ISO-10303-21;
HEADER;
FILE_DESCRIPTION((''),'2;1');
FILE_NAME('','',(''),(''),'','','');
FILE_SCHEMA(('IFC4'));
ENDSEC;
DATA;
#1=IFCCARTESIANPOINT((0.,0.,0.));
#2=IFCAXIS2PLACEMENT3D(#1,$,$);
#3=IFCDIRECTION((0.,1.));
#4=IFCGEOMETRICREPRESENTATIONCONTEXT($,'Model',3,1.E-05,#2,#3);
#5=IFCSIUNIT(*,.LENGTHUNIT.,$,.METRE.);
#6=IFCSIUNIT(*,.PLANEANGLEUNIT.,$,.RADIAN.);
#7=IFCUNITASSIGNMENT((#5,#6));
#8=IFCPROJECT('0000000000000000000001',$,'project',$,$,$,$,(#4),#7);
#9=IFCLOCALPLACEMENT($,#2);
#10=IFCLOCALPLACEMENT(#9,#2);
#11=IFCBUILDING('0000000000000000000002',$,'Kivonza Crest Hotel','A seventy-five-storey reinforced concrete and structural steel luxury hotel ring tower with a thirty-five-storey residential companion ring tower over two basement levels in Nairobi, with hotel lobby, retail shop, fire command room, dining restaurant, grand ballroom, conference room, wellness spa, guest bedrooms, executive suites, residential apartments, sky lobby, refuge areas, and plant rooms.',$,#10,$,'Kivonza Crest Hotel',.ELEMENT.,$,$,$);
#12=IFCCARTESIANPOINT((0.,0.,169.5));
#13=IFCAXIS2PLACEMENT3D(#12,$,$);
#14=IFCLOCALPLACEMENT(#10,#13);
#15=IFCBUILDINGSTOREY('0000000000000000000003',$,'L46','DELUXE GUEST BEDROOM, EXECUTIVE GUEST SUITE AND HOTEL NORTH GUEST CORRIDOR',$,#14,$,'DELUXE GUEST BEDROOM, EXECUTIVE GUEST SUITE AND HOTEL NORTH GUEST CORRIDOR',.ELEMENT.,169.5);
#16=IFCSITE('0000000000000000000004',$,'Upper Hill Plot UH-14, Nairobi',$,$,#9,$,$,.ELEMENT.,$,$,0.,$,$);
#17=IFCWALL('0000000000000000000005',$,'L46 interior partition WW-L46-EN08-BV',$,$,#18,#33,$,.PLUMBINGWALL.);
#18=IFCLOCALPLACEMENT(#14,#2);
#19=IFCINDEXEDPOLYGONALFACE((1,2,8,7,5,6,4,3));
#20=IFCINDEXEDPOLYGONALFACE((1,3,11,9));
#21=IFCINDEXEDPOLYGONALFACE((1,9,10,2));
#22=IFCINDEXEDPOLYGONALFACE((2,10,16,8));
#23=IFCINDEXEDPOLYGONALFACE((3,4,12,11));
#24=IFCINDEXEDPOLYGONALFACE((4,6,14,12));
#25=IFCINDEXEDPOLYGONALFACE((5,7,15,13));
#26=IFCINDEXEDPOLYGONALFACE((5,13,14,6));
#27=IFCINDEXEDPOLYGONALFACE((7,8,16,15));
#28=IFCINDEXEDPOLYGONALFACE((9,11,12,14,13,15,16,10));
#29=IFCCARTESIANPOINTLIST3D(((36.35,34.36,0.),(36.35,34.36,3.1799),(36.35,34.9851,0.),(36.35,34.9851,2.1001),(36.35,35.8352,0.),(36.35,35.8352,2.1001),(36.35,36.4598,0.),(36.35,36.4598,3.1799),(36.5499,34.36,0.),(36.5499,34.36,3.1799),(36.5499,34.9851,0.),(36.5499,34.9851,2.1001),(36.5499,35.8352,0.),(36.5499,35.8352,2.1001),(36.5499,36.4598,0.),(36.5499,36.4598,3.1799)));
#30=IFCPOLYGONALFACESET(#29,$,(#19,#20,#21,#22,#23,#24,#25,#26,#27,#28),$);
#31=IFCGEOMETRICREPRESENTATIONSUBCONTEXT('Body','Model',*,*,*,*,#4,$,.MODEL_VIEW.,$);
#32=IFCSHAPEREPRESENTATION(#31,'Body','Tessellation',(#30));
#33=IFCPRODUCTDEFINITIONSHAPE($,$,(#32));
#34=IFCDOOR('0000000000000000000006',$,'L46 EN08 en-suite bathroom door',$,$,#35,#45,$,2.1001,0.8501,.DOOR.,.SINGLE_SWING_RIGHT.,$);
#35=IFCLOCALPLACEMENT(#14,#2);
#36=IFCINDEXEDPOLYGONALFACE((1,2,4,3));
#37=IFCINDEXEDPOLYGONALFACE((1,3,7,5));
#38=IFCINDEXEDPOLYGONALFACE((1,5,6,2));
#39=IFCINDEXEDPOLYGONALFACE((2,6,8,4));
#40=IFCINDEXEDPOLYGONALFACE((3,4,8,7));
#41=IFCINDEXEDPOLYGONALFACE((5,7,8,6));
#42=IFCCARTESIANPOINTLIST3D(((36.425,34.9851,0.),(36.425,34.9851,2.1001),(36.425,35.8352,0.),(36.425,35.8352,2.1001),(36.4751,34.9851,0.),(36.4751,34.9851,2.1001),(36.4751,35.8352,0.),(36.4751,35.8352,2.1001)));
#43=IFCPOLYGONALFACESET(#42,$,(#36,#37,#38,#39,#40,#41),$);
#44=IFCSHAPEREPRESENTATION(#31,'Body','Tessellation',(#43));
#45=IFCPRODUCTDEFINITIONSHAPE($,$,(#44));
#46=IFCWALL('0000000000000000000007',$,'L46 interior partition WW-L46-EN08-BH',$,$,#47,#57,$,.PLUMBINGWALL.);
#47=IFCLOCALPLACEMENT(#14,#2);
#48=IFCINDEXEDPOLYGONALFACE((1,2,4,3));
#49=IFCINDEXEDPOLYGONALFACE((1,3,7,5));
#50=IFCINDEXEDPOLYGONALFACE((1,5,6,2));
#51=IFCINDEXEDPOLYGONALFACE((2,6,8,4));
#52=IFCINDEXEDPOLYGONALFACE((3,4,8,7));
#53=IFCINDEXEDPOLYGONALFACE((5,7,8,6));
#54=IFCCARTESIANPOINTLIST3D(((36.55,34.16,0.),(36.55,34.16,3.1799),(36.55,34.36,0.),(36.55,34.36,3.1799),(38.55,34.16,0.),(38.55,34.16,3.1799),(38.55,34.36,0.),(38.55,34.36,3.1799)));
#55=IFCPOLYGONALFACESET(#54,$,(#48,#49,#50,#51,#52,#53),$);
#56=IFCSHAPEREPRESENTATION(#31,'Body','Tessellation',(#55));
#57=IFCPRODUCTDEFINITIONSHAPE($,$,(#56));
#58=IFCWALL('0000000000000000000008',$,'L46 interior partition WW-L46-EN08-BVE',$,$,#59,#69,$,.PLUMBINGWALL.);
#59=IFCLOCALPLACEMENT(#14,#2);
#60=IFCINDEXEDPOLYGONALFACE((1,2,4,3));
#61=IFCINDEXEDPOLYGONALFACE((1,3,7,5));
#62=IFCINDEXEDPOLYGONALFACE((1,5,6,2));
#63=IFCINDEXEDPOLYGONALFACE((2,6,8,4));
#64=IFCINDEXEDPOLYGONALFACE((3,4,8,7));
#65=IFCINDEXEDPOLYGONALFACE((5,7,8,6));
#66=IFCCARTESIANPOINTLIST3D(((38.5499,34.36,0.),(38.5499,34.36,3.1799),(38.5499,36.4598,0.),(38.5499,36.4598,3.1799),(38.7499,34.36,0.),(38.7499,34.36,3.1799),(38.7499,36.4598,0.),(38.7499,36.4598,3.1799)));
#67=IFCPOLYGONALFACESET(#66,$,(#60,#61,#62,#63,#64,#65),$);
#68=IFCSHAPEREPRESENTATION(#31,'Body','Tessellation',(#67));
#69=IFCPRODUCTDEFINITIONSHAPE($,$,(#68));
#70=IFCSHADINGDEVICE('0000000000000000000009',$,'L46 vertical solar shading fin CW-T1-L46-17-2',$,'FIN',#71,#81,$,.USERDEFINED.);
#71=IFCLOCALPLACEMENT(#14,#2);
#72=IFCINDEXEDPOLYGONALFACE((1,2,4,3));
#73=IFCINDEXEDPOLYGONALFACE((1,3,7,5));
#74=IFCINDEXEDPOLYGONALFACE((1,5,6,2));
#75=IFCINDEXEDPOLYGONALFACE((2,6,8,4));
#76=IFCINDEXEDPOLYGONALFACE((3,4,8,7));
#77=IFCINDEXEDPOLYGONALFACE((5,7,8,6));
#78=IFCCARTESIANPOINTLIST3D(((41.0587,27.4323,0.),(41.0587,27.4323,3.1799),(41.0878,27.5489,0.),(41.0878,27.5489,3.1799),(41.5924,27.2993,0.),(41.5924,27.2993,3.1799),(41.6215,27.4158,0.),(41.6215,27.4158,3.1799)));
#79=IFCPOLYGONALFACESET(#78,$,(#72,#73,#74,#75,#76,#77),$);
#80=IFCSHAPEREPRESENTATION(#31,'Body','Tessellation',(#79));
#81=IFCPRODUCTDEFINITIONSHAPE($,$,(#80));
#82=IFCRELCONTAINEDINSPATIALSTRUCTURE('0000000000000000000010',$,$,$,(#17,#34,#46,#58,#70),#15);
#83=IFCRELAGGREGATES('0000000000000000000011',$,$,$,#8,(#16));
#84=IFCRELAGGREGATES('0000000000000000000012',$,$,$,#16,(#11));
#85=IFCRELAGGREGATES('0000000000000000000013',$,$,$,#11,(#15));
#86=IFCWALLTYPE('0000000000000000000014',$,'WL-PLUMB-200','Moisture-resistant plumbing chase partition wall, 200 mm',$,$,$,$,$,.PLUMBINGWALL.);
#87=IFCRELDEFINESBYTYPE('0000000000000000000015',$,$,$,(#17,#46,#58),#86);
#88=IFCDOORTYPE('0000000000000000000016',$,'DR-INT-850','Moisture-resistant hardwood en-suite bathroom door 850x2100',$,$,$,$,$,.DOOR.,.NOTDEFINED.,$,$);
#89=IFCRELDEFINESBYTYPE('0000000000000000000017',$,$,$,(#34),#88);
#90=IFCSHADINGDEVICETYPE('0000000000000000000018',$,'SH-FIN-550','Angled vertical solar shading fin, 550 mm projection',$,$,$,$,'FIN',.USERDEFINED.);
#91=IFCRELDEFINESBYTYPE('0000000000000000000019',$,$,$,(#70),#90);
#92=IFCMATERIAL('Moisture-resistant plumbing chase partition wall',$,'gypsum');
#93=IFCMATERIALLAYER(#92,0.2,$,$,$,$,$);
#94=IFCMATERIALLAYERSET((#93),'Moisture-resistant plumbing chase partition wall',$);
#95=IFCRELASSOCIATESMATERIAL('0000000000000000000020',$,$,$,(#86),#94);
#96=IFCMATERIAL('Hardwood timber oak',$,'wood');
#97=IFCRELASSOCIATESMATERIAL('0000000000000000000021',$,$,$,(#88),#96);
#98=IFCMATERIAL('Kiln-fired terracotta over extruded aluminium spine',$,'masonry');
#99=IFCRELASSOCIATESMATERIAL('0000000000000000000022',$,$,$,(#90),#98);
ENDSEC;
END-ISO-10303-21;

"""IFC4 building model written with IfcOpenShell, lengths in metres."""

from ifc_helpers import new_model, si_unit, direction, frame, frame_2d, origin, origin_2d, place, context, subcontext, project, spatial, rectangle, extrude, material, layer, layer_set, type_object, element, fill, save


model = new_model("IFC4")

# Units and contexts
model_context = context("Model", 3, precision=1e-05, world=origin(), true_north=direction((0.0, 1.0)))
body_context = subcontext(model_context, "Body", "Model", "MODEL_VIEW")
ifc_project = project(units=[si_unit("LENGTHUNIT", "METRE"), si_unit("PLANEANGLEUNIT", "RADIAN")], contexts=[model_context])

# Site, building, storey
site_placement = place(None, origin())
site = spatial("IfcSite", under=ifc_project, at=site_placement, Name="Upper Hill Plot UH-14, Nairobi", CompositionType="ELEMENT", RefElevation=0.0)
building_placement = place(site_placement, origin())
building = spatial("IfcBuilding", under=site, at=building_placement, Name="Kivonza Crest Hotel", Description="A seventy-five-storey reinforced concrete and structural steel luxury hotel ring tower with a thirty-five-storey residential companion ring tower over two basement levels in Nairobi, with hotel lobby, retail shop, fire command room, dining restaurant, grand ballroom, conference room, wellness spa, guest bedrooms, executive suites, residential apartments, sky lobby, refuge areas, and plant rooms.", LongName="Kivonza Crest Hotel", CompositionType="ELEMENT")
storey_placement = place(building_placement, frame((0.0, 0.0, 169.5)))
storey = spatial("IfcBuildingStorey", under=building, at=storey_placement, Name="L46", Description="DELUXE GUEST BEDROOM, EXECUTIVE GUEST SUITE AND HOTEL NORTH GUEST CORRIDOR", LongName="DELUXE GUEST BEDROOM, EXECUTIVE GUEST SUITE AND HOTEL NORTH GUEST CORRIDOR", CompositionType="ELEMENT", Elevation=169.5)

# Shared definitions
ifc_material_1 = material(Name="Hardwood timber oak", Category="wood")

# Wall, opening, door
ifc_material_2 = material(Name="Moisture-resistant plumbing chase partition wall", Category="gypsum")
ifc_layer_1 = layer(ifc_material_2, 0.2)
ifc_layer_set_1 = layer_set([ifc_layer_1], Name="Moisture-resistant plumbing chase partition wall")
wall_type_1 = type_object("IfcWallType", Name="WL-PLUMB-200", Description="Moisture-resistant plumbing chase partition wall, 200 mm", PredefinedType="PLUMBINGWALL", material=ifc_layer_set_1)
wall_1_placement = place(storey_placement, frame((36.45, 34.3601, 0.0), z_axis=(0.0, 0.0, 1.0), x_axis=(0.0, 1.0, 0.0)))
wall_1 = element("IfcWall", 1, at=wall_1_placement, inside=storey, type_object=wall_type_1, Name="L46 interior partition WW-L46-EN08-BV", PredefinedType="PLUMBINGWALL", context=body_context, shape_type="SweptSolid", body=[
    extrude(rectangle(XDim=2.0999, YDim=0.2, at=frame_2d((1.0498, 0.0))), origin(), (0.0, 0.0, 1.0), 3.1799),
])
opening_1_placement = place(wall_1_placement, frame((0.625, 0.0, 0.0)))
opening_1 = element("IfcOpeningElement", 2, at=opening_1_placement, cuts=wall_1, PredefinedType="OPENING", context=body_context, shape_type="SweptSolid", body=[
    extrude(rectangle(XDim=0.8501, YDim=2.1001, at=frame_2d((0.425, 1.05))), frame((0.0, 0.1099, 0.0), z_axis=(0.0, -1.0, 0.0), x_axis=(1.0, 0.0, 0.0)), (0.0, 0.0, 1.0), 0.22),
])
door_type_1 = type_object("IfcDoorType", Name="DR-INT-850", Description="Moisture-resistant hardwood en-suite bathroom door 850x2100", OperationType="NOTDEFINED", PredefinedType="DOOR", material=ifc_material_1)
door_1_placement = place(opening_1_placement, origin())
door_1 = element("IfcDoor", 3, at=door_1_placement, inside=storey, type_object=door_type_1, Name="L46 EN08 en-suite bathroom door", OperationType="SINGLE_SWING_RIGHT", OverallHeight=2.1001, OverallWidth=0.8501, PredefinedType="DOOR", context=body_context, shape_type="SweptSolid", body=[
    extrude(rectangle(XDim=0.8501, YDim=2.1001, at=frame_2d((0.425, 1.05))), frame((0.0, 0.0249, 0.0), z_axis=(0.0, -1.0, 0.0), x_axis=(1.0, 0.0, 0.0)), (0.0, 0.0, 1.0), 0.05),
])
fill(opening_1, door_1)

# Walls
wall_2_placement = place(storey_placement, frame((36.55, 34.26, 0.0), z_axis=(0.0, 0.0, 1.0), x_axis=(1.0, 0.0, 0.0)))
element("IfcWall", 4, at=wall_2_placement, inside=storey, type_object=wall_type_1, Name="L46 interior partition WW-L46-EN08-BH", PredefinedType="PLUMBINGWALL", context=body_context, shape_type="SweptSolid", body=[
    extrude(rectangle(XDim=2.0, YDim=0.2, at=frame_2d((1.0, 0.0))), origin(), (0.0, 0.0, 1.0), 3.1799),
])
wall_3_placement = place(storey_placement, frame((38.6499, 34.3601, 0.0), z_axis=(0.0, 0.0, 1.0), x_axis=(0.0, 1.0, 0.0)))
element("IfcWall", 5, at=wall_3_placement, inside=storey, type_object=wall_type_1, Name="L46 interior partition WW-L46-EN08-BVE", PredefinedType="PLUMBINGWALL", context=body_context, shape_type="SweptSolid", body=[
    extrude(rectangle(XDim=2.0999, YDim=0.2, at=frame_2d((1.0498, 0.0))), origin(), (0.0, 0.0, 1.0), 3.1799),
])

# Shading device
ifc_material_3 = material(Name="Kiln-fired terracotta over extruded aluminium spine", Category="masonry")
shading_device_type = type_object("IfcShadingDeviceType", Name="SH-FIN-550", Description="Angled vertical solar shading fin, 550 mm projection", ElementType="FIN", PredefinedType="USERDEFINED", material=ifc_material_3)
shading_device_placement = place(storey_placement, frame((41.3401, 27.4241, 0.0), z_axis=(0.0, 0.0, 1.0), x_axis=(0.241922, 0.970296, 0.0)))
element("IfcShadingDevice", 6, at=shading_device_placement, inside=storey, type_object=shading_device_type, Name="L46 vertical solar shading fin CW-T1-L46-17-2", ObjectType="FIN", PredefinedType="USERDEFINED", context=body_context, shape_type="SweptSolid", body=[
    extrude(rectangle(XDim=0.1201, YDim=0.55, at=origin_2d()), origin(), (0.0, 0.0, 1.0), 3.1799),
])

save(model, "model.ifc")
